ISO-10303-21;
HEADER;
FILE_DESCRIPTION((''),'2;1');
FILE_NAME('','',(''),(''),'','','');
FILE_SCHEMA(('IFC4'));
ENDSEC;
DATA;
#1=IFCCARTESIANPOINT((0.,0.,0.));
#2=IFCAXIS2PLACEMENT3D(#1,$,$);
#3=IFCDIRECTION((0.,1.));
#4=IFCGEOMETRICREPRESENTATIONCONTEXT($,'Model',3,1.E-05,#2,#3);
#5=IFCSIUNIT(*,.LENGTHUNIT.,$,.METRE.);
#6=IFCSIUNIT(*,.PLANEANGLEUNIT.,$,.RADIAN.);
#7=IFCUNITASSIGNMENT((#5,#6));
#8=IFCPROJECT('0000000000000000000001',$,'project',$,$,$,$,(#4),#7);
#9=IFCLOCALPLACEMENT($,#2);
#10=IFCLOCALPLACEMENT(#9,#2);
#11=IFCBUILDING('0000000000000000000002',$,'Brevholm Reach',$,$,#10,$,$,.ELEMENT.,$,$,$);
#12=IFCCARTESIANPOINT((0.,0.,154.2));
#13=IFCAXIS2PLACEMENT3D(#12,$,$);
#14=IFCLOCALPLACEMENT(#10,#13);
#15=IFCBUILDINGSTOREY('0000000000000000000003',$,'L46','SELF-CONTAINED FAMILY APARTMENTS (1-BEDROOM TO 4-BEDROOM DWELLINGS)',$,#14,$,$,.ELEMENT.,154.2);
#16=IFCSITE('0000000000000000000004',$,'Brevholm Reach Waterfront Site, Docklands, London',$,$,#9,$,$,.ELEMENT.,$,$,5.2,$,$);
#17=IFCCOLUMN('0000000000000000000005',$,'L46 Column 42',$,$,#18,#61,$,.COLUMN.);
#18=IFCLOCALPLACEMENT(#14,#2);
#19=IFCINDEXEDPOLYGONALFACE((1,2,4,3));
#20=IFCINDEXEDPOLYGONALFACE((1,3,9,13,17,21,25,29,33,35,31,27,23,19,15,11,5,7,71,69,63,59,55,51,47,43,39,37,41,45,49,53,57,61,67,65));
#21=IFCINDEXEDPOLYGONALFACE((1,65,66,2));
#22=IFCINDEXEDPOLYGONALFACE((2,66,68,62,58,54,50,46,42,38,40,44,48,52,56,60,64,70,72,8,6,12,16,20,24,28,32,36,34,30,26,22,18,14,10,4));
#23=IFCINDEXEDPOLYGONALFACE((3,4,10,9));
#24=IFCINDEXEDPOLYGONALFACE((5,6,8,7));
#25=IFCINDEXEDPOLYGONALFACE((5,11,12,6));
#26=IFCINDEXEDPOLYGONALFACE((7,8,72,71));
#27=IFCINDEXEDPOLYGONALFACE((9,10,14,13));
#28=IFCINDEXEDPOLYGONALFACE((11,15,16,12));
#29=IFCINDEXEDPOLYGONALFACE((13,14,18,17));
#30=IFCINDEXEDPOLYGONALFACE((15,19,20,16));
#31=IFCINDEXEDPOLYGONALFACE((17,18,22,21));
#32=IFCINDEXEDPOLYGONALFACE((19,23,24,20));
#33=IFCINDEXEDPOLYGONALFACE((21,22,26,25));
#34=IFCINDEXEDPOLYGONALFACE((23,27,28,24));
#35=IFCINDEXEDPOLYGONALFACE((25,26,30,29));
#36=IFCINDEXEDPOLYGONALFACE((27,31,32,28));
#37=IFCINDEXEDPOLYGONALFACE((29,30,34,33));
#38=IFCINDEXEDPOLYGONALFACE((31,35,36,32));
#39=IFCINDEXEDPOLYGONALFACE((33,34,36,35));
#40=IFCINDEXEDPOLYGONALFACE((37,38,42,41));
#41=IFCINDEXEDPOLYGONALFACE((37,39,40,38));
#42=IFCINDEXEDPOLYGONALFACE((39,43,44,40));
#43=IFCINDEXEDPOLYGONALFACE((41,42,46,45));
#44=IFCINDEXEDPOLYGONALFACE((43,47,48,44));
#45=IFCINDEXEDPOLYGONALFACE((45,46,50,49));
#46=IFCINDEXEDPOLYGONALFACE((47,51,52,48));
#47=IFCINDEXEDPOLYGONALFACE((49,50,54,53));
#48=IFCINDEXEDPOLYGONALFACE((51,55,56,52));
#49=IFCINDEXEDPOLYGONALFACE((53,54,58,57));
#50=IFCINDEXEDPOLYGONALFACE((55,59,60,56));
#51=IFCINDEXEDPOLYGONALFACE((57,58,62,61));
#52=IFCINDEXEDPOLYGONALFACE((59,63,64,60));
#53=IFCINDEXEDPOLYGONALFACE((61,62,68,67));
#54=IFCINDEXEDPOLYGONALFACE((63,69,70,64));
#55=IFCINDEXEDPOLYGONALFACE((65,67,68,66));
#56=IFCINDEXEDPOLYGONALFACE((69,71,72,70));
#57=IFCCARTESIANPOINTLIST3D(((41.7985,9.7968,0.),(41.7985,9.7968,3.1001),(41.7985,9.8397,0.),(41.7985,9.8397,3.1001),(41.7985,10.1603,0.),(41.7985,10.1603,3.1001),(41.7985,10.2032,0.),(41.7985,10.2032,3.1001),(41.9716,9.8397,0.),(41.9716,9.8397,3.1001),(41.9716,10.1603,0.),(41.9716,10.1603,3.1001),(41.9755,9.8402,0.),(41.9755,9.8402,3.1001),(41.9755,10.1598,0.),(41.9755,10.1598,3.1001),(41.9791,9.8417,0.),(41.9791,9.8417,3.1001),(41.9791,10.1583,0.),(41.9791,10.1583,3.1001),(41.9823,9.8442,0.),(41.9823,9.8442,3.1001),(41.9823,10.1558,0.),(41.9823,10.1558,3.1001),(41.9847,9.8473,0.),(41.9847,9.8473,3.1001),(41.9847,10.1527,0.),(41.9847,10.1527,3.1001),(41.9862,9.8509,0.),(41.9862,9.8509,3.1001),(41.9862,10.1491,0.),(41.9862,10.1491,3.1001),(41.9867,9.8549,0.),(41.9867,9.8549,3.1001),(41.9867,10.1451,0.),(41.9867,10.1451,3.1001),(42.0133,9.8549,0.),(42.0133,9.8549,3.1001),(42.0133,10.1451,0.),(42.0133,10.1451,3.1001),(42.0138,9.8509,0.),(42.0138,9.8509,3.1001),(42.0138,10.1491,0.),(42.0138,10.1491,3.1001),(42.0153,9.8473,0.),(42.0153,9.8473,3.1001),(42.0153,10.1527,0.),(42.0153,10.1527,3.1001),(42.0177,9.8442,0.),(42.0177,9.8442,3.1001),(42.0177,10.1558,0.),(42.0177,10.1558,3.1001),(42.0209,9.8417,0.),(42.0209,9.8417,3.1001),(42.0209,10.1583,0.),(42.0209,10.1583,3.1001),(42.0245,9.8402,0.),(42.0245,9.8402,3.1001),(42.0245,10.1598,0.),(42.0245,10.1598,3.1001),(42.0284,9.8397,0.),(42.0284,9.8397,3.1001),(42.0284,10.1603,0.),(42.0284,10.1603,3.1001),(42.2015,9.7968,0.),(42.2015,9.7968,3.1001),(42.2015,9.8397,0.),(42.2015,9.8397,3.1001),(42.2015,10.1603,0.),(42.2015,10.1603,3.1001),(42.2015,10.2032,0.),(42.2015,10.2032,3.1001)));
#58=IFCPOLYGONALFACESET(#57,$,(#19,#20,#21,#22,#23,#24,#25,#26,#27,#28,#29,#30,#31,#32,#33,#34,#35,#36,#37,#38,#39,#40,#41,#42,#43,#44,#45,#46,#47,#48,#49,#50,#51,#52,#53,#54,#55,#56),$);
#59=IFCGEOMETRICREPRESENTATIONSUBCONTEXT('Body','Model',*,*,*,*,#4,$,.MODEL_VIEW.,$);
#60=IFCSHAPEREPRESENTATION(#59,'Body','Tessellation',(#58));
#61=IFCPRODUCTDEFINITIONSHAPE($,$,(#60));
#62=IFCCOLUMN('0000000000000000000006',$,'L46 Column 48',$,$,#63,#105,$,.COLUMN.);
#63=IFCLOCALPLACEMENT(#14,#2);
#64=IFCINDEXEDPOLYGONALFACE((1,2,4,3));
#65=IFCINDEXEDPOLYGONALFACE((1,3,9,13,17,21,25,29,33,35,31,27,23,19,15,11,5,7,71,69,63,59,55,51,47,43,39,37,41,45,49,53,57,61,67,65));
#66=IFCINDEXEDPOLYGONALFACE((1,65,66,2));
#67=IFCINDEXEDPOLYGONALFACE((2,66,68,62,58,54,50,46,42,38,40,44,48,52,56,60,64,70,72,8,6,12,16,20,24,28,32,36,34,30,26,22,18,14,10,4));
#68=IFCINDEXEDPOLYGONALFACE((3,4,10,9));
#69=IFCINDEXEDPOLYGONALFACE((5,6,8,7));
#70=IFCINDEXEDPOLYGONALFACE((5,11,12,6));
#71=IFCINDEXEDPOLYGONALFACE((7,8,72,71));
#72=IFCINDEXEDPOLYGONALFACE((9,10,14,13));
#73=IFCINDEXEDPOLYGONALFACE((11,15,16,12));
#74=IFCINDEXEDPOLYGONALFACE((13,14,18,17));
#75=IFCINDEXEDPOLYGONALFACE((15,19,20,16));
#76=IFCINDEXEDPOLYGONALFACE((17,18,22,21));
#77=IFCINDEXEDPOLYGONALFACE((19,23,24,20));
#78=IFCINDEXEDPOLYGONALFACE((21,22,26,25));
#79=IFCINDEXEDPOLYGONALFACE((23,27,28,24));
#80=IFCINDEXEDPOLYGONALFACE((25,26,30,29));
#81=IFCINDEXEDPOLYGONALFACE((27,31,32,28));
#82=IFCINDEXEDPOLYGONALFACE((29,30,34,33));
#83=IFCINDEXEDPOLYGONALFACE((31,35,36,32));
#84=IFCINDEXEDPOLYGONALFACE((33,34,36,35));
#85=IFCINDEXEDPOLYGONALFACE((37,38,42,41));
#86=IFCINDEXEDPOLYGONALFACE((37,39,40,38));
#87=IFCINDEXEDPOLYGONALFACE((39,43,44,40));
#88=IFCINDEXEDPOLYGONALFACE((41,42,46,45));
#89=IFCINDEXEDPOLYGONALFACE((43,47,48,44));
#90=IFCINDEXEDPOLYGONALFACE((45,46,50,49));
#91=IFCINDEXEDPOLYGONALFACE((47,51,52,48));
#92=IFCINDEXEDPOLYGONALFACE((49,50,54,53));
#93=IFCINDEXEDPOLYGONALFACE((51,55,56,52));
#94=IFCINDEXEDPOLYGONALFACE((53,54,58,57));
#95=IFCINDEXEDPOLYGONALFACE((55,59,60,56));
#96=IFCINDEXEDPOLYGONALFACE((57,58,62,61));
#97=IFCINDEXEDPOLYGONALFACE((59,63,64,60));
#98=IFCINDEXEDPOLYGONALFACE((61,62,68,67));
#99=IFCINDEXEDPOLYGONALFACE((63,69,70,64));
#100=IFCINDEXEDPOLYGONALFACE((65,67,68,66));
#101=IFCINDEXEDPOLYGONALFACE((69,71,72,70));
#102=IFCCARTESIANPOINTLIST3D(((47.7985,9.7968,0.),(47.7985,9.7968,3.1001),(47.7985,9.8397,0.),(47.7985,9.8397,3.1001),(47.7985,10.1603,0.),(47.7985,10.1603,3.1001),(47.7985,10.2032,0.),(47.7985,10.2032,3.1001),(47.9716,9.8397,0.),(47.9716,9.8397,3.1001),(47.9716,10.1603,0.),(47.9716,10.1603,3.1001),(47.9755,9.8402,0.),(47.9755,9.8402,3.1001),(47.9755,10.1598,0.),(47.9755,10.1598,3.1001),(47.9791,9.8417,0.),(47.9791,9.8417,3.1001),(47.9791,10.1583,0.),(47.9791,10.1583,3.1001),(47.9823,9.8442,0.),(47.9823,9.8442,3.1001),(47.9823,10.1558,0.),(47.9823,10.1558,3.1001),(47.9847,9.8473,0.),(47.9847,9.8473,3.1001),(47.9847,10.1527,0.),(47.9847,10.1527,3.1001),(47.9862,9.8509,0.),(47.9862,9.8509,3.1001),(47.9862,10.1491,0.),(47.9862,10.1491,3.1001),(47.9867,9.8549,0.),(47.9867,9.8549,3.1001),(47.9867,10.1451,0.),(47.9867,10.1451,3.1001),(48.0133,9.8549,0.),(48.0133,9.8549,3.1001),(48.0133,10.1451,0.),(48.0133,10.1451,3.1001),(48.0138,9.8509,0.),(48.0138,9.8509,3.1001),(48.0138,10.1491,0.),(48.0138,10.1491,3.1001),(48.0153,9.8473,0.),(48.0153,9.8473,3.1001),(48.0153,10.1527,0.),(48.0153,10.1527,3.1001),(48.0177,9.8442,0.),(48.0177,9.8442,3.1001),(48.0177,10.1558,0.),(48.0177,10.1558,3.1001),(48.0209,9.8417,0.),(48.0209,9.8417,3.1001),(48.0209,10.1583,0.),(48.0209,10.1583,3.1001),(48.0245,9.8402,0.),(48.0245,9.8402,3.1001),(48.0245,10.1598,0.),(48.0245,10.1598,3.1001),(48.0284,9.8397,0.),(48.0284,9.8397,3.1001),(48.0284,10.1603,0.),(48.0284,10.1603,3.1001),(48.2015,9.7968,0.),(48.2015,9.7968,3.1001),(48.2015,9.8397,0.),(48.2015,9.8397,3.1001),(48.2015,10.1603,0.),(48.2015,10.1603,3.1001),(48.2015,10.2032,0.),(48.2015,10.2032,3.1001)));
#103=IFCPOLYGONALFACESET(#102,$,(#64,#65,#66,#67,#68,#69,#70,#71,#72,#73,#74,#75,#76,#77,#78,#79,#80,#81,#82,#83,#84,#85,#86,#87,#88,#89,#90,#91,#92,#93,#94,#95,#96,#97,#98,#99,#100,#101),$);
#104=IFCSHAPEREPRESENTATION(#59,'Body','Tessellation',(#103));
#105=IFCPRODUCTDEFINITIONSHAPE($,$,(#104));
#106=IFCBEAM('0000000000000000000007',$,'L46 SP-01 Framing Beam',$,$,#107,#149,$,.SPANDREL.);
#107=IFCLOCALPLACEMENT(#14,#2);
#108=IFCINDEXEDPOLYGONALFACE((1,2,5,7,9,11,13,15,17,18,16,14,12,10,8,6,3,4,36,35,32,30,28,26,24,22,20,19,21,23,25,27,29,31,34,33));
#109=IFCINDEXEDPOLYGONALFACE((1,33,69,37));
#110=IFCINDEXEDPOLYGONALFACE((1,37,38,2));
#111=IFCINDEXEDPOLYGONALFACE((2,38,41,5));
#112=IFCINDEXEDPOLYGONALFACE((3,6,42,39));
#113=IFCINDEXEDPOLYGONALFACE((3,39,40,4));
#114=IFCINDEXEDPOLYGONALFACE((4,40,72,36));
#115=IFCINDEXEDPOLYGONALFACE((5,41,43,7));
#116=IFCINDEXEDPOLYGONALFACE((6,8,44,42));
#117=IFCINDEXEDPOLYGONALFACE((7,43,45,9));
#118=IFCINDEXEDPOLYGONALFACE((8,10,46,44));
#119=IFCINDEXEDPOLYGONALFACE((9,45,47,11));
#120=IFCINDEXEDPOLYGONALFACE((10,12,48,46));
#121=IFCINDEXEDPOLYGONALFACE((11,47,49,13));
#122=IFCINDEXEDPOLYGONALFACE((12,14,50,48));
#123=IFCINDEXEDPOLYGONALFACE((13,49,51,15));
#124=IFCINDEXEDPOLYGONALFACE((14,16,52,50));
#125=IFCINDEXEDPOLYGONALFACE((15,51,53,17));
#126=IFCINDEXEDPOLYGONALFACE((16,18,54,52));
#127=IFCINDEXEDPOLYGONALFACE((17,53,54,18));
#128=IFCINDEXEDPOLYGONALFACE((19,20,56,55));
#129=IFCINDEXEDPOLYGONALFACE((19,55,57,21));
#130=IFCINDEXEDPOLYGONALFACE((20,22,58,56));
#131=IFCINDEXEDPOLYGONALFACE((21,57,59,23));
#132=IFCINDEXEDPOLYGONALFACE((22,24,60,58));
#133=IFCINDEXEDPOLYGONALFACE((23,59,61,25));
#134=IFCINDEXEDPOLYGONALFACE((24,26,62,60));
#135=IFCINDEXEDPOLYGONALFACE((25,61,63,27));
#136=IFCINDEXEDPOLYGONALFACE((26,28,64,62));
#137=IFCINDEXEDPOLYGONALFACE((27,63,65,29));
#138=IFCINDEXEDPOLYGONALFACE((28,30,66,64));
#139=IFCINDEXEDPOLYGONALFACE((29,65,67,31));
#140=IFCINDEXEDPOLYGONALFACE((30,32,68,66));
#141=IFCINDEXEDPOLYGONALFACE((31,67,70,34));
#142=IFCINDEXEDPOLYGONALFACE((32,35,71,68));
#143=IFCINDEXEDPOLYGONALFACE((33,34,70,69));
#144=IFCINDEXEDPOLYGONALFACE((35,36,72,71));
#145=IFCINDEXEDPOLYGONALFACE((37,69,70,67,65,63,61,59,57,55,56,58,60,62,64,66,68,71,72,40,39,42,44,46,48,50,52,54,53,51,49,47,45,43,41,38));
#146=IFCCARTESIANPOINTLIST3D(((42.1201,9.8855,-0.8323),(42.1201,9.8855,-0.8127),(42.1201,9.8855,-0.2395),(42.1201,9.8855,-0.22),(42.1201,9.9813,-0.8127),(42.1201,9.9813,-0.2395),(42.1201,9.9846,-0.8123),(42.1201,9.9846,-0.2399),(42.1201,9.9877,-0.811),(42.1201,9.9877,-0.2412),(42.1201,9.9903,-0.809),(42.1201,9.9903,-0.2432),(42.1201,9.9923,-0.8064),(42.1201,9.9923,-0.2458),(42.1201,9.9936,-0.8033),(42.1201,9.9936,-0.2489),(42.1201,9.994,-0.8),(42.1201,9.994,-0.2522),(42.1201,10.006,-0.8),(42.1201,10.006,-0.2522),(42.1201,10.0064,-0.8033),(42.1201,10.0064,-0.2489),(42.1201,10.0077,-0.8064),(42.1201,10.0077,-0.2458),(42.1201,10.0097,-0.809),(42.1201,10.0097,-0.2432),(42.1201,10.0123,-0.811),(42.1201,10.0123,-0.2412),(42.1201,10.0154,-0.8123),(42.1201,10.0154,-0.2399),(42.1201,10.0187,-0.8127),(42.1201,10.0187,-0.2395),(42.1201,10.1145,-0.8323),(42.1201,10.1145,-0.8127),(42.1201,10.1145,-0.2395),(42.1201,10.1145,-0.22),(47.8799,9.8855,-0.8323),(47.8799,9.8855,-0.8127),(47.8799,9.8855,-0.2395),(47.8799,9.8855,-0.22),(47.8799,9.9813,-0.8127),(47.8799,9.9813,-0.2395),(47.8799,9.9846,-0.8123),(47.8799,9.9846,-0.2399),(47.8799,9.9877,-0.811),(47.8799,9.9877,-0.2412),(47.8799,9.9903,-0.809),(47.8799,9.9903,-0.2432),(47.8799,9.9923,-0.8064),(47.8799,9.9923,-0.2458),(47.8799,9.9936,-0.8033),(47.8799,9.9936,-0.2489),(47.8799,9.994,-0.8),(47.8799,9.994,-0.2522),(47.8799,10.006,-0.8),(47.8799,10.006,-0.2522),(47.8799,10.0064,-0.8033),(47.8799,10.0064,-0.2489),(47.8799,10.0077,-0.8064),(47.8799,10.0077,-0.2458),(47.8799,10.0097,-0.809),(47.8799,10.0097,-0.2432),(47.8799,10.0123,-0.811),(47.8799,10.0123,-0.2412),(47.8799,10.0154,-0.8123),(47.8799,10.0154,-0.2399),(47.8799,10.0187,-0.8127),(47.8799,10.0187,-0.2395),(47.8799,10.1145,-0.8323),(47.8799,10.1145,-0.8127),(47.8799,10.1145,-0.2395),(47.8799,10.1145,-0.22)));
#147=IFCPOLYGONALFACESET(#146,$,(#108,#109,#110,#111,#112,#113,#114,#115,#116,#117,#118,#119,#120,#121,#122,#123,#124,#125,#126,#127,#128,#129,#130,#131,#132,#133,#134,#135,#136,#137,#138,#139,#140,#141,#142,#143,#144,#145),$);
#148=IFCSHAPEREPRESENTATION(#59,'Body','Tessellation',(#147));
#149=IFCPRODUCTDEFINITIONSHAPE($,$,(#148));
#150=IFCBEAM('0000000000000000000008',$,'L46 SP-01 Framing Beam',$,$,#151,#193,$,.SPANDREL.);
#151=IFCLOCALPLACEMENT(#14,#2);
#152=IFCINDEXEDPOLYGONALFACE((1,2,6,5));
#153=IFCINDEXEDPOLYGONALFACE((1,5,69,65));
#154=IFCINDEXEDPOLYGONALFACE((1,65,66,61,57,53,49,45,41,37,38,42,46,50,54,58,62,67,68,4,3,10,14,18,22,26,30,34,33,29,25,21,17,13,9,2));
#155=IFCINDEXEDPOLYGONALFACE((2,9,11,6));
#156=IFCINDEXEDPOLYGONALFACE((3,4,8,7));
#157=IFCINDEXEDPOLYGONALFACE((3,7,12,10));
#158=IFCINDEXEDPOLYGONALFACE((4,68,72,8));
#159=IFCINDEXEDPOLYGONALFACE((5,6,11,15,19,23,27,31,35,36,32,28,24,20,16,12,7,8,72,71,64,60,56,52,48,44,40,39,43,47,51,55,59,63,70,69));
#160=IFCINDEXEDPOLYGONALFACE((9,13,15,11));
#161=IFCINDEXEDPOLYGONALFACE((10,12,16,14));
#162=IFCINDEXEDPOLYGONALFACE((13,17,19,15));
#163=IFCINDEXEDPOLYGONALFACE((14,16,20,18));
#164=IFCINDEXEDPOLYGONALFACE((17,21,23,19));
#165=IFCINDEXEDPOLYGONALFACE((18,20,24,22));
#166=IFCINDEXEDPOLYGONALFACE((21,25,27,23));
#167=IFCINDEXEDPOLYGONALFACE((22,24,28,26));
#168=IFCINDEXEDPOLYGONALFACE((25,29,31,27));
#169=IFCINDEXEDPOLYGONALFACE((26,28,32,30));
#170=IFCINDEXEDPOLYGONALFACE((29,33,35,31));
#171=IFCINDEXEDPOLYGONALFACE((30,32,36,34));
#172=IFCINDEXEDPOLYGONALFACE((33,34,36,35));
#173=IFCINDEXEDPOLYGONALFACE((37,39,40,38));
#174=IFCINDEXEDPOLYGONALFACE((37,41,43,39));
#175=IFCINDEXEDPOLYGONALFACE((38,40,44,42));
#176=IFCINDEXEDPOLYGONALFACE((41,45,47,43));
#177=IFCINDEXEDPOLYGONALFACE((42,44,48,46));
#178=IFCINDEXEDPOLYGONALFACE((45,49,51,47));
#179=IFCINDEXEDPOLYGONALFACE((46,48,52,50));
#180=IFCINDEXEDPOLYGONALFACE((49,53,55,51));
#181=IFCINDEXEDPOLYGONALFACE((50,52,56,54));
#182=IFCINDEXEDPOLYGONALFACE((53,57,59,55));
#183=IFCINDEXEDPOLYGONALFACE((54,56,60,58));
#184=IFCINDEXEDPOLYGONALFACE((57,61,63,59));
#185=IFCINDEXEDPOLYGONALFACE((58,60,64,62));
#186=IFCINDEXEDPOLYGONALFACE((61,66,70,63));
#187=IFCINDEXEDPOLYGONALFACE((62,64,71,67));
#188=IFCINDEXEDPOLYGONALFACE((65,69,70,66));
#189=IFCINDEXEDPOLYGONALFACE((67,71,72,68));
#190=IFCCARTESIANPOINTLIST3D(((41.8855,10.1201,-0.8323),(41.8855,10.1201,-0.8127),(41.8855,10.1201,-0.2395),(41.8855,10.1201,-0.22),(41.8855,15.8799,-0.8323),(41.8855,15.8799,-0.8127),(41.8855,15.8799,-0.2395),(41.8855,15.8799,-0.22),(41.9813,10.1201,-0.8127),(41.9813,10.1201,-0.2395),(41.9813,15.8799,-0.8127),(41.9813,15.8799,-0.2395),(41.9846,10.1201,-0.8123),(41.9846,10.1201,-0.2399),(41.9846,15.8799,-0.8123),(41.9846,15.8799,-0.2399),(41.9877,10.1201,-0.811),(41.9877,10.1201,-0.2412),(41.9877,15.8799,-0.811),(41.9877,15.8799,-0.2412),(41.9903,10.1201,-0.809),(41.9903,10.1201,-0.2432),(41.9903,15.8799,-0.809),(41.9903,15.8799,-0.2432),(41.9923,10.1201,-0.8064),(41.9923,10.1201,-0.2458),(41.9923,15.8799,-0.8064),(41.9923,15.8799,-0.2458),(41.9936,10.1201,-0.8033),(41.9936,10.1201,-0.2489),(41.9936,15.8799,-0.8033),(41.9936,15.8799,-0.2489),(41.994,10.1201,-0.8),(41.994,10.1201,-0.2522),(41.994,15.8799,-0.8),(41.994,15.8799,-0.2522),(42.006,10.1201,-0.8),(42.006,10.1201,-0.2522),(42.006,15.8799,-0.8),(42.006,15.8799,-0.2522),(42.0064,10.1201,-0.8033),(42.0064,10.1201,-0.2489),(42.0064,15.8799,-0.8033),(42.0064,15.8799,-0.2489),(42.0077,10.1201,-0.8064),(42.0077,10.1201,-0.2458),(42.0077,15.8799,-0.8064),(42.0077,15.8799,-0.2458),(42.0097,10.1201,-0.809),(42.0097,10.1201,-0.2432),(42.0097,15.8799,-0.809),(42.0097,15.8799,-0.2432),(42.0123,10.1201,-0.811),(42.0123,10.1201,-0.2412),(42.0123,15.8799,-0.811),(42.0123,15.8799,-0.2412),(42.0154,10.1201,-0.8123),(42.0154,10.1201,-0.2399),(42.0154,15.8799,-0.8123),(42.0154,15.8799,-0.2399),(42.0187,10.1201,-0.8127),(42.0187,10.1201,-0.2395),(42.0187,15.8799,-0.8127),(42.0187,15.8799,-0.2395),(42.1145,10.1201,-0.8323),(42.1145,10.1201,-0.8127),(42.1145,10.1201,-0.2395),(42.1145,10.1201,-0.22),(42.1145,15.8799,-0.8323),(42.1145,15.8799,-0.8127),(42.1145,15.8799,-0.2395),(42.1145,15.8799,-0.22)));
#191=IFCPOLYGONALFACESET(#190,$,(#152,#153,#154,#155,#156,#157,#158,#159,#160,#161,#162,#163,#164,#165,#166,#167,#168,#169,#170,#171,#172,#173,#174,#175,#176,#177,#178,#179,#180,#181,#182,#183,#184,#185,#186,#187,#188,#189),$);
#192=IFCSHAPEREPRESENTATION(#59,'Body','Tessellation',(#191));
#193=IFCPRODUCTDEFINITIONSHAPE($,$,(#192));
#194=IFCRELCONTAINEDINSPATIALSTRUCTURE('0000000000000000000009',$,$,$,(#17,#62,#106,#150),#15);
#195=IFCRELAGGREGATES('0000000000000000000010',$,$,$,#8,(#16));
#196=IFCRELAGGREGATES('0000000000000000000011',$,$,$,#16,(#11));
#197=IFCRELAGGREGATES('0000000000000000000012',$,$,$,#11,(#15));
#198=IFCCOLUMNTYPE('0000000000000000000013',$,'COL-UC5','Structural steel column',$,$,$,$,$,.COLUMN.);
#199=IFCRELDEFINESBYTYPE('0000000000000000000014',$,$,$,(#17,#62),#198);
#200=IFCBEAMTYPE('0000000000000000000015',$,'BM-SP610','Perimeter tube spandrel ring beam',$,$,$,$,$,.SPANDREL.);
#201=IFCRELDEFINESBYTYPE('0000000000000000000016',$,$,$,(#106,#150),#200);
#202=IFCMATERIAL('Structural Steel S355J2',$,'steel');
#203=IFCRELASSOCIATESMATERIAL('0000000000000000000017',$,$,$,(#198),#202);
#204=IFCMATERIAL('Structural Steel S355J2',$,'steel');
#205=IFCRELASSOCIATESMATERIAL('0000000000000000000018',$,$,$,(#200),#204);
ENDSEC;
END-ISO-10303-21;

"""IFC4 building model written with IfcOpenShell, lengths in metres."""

from ifc_helpers import new_model, si_unit, direction, frame, origin, origin_2d, place, context, subcontext, project, spatial, i_section, extrude, material, material_profile, profile_set, type_object, element, save


model = new_model("IFC4")

# Units and contexts
model_context = context("Model", 3, precision=1e-05, world=origin(), true_north=direction((0.0, 1.0)))
body_context = subcontext(model_context, "Body", "Model", "MODEL_VIEW")
ifc_project = project(units=[si_unit("LENGTHUNIT", "METRE"), si_unit("PLANEANGLEUNIT", "RADIAN")], contexts=[model_context])

# Site, building, storey
site_placement = place(None, origin())
site = spatial("IfcSite", under=ifc_project, at=site_placement, Name="Brevholm Reach Waterfront Site, Docklands, London", CompositionType="ELEMENT", RefElevation=5.2)
building_placement = place(site_placement, origin())
building = spatial("IfcBuilding", under=site, at=building_placement, Name="Brevholm Reach", CompositionType="ELEMENT")
storey_placement = place(building_placement, frame((0.0, 0.0, 154.2)))
storey = spatial("IfcBuildingStorey", under=building, at=storey_placement, Name="L46", Description="SELF-CONTAINED FAMILY APARTMENTS (1-BEDROOM TO 4-BEDROOM DWELLINGS)", CompositionType="ELEMENT", Elevation=154.2)

# Columns
ifc_material_1 = material(Name="Structural Steel S355J2", Category="steel")
ifc_material_profile_1 = material_profile(ifc_material_1, i_section(OverallWidth=0.4031, OverallDepth=0.4065, WebThickness=0.0266, FlangeThickness=0.043, FilletRadius=0.0151, at=origin_2d()), Name="UKC 356x406x340")
ifc_profile_set_1 = profile_set([ifc_material_profile_1], Name="Structural Steel S355J2")
column_type = type_object("IfcColumnType", Name="COL-UC5", Description="Structural steel column", PredefinedType="COLUMN", material=ifc_profile_set_1)
for number, where, z_axis, x_axis, name in (
    (1, (42.0, 10.0, 0.0), (0.0, 0.0, 1.0), (1.0, 0.0, 0.0), "L46 Column 42"),
    (2, (48.0, 10.0, 0.0), (0.0, 0.0, 1.0), (1.0, 0.0, 0.0), "L46 Column 48"),
):
    element("IfcColumn", number, at=place(storey_placement, frame(where, z_axis=z_axis, x_axis=x_axis)), inside=storey, type_object=column_type, Name=name, PredefinedType="COLUMN", context=body_context, shape_type="SweptSolid", body=[
        extrude(i_section(OverallWidth=0.4031, OverallDepth=0.4065, WebThickness=0.0266, FlangeThickness=0.043, FilletRadius=0.0151, at=origin_2d()), origin(), (0.0, 0.0, 1.0), 3.1001),
    ])

# Beams
ifc_material_2 = material(Name="Structural Steel S355J2", Category="steel")
ifc_material_profile_2 = material_profile(ifc_material_2, i_section(OverallWidth=0.229, OverallDepth=0.6123, WebThickness=0.012, FlangeThickness=0.0195, FilletRadius=0.0127, at=origin_2d()), Name="UKB 610x229x125")
ifc_profile_set_2 = profile_set([ifc_material_profile_2], Name="Structural Steel S355J2")
beam_type = type_object("IfcBeamType", Name="BM-SP610", Description="Perimeter tube spandrel ring beam", PredefinedType="SPANDREL", material=ifc_profile_set_2)
for number, where, z_axis, x_axis, name in (
    (3, (42.1201, 10.0, -0.5261), (1.0, 0.0, 0.0), (0.0, 1.0, 0.0), "L46 SP-01 Framing Beam"),
    (4, (42.0, 10.1201, -0.5261), (0.0, 1.0, 0.0), (-1.0, 0.0, 0.0), "L46 SP-01 Framing Beam"),
):
    element("IfcBeam", number, at=place(storey_placement, frame(where, z_axis=z_axis, x_axis=x_axis)), inside=storey, type_object=beam_type, Name=name, PredefinedType="SPANDREL", context=body_context, shape_type="SweptSolid", body=[
        extrude(i_section(OverallWidth=0.229, OverallDepth=0.6123, WebThickness=0.012, FlangeThickness=0.0195, FilletRadius=0.0127, at=origin_2d()), origin(), (0.0, 0.0, 1.0), 5.7598),
    ])

save(model, "model.ifc")
